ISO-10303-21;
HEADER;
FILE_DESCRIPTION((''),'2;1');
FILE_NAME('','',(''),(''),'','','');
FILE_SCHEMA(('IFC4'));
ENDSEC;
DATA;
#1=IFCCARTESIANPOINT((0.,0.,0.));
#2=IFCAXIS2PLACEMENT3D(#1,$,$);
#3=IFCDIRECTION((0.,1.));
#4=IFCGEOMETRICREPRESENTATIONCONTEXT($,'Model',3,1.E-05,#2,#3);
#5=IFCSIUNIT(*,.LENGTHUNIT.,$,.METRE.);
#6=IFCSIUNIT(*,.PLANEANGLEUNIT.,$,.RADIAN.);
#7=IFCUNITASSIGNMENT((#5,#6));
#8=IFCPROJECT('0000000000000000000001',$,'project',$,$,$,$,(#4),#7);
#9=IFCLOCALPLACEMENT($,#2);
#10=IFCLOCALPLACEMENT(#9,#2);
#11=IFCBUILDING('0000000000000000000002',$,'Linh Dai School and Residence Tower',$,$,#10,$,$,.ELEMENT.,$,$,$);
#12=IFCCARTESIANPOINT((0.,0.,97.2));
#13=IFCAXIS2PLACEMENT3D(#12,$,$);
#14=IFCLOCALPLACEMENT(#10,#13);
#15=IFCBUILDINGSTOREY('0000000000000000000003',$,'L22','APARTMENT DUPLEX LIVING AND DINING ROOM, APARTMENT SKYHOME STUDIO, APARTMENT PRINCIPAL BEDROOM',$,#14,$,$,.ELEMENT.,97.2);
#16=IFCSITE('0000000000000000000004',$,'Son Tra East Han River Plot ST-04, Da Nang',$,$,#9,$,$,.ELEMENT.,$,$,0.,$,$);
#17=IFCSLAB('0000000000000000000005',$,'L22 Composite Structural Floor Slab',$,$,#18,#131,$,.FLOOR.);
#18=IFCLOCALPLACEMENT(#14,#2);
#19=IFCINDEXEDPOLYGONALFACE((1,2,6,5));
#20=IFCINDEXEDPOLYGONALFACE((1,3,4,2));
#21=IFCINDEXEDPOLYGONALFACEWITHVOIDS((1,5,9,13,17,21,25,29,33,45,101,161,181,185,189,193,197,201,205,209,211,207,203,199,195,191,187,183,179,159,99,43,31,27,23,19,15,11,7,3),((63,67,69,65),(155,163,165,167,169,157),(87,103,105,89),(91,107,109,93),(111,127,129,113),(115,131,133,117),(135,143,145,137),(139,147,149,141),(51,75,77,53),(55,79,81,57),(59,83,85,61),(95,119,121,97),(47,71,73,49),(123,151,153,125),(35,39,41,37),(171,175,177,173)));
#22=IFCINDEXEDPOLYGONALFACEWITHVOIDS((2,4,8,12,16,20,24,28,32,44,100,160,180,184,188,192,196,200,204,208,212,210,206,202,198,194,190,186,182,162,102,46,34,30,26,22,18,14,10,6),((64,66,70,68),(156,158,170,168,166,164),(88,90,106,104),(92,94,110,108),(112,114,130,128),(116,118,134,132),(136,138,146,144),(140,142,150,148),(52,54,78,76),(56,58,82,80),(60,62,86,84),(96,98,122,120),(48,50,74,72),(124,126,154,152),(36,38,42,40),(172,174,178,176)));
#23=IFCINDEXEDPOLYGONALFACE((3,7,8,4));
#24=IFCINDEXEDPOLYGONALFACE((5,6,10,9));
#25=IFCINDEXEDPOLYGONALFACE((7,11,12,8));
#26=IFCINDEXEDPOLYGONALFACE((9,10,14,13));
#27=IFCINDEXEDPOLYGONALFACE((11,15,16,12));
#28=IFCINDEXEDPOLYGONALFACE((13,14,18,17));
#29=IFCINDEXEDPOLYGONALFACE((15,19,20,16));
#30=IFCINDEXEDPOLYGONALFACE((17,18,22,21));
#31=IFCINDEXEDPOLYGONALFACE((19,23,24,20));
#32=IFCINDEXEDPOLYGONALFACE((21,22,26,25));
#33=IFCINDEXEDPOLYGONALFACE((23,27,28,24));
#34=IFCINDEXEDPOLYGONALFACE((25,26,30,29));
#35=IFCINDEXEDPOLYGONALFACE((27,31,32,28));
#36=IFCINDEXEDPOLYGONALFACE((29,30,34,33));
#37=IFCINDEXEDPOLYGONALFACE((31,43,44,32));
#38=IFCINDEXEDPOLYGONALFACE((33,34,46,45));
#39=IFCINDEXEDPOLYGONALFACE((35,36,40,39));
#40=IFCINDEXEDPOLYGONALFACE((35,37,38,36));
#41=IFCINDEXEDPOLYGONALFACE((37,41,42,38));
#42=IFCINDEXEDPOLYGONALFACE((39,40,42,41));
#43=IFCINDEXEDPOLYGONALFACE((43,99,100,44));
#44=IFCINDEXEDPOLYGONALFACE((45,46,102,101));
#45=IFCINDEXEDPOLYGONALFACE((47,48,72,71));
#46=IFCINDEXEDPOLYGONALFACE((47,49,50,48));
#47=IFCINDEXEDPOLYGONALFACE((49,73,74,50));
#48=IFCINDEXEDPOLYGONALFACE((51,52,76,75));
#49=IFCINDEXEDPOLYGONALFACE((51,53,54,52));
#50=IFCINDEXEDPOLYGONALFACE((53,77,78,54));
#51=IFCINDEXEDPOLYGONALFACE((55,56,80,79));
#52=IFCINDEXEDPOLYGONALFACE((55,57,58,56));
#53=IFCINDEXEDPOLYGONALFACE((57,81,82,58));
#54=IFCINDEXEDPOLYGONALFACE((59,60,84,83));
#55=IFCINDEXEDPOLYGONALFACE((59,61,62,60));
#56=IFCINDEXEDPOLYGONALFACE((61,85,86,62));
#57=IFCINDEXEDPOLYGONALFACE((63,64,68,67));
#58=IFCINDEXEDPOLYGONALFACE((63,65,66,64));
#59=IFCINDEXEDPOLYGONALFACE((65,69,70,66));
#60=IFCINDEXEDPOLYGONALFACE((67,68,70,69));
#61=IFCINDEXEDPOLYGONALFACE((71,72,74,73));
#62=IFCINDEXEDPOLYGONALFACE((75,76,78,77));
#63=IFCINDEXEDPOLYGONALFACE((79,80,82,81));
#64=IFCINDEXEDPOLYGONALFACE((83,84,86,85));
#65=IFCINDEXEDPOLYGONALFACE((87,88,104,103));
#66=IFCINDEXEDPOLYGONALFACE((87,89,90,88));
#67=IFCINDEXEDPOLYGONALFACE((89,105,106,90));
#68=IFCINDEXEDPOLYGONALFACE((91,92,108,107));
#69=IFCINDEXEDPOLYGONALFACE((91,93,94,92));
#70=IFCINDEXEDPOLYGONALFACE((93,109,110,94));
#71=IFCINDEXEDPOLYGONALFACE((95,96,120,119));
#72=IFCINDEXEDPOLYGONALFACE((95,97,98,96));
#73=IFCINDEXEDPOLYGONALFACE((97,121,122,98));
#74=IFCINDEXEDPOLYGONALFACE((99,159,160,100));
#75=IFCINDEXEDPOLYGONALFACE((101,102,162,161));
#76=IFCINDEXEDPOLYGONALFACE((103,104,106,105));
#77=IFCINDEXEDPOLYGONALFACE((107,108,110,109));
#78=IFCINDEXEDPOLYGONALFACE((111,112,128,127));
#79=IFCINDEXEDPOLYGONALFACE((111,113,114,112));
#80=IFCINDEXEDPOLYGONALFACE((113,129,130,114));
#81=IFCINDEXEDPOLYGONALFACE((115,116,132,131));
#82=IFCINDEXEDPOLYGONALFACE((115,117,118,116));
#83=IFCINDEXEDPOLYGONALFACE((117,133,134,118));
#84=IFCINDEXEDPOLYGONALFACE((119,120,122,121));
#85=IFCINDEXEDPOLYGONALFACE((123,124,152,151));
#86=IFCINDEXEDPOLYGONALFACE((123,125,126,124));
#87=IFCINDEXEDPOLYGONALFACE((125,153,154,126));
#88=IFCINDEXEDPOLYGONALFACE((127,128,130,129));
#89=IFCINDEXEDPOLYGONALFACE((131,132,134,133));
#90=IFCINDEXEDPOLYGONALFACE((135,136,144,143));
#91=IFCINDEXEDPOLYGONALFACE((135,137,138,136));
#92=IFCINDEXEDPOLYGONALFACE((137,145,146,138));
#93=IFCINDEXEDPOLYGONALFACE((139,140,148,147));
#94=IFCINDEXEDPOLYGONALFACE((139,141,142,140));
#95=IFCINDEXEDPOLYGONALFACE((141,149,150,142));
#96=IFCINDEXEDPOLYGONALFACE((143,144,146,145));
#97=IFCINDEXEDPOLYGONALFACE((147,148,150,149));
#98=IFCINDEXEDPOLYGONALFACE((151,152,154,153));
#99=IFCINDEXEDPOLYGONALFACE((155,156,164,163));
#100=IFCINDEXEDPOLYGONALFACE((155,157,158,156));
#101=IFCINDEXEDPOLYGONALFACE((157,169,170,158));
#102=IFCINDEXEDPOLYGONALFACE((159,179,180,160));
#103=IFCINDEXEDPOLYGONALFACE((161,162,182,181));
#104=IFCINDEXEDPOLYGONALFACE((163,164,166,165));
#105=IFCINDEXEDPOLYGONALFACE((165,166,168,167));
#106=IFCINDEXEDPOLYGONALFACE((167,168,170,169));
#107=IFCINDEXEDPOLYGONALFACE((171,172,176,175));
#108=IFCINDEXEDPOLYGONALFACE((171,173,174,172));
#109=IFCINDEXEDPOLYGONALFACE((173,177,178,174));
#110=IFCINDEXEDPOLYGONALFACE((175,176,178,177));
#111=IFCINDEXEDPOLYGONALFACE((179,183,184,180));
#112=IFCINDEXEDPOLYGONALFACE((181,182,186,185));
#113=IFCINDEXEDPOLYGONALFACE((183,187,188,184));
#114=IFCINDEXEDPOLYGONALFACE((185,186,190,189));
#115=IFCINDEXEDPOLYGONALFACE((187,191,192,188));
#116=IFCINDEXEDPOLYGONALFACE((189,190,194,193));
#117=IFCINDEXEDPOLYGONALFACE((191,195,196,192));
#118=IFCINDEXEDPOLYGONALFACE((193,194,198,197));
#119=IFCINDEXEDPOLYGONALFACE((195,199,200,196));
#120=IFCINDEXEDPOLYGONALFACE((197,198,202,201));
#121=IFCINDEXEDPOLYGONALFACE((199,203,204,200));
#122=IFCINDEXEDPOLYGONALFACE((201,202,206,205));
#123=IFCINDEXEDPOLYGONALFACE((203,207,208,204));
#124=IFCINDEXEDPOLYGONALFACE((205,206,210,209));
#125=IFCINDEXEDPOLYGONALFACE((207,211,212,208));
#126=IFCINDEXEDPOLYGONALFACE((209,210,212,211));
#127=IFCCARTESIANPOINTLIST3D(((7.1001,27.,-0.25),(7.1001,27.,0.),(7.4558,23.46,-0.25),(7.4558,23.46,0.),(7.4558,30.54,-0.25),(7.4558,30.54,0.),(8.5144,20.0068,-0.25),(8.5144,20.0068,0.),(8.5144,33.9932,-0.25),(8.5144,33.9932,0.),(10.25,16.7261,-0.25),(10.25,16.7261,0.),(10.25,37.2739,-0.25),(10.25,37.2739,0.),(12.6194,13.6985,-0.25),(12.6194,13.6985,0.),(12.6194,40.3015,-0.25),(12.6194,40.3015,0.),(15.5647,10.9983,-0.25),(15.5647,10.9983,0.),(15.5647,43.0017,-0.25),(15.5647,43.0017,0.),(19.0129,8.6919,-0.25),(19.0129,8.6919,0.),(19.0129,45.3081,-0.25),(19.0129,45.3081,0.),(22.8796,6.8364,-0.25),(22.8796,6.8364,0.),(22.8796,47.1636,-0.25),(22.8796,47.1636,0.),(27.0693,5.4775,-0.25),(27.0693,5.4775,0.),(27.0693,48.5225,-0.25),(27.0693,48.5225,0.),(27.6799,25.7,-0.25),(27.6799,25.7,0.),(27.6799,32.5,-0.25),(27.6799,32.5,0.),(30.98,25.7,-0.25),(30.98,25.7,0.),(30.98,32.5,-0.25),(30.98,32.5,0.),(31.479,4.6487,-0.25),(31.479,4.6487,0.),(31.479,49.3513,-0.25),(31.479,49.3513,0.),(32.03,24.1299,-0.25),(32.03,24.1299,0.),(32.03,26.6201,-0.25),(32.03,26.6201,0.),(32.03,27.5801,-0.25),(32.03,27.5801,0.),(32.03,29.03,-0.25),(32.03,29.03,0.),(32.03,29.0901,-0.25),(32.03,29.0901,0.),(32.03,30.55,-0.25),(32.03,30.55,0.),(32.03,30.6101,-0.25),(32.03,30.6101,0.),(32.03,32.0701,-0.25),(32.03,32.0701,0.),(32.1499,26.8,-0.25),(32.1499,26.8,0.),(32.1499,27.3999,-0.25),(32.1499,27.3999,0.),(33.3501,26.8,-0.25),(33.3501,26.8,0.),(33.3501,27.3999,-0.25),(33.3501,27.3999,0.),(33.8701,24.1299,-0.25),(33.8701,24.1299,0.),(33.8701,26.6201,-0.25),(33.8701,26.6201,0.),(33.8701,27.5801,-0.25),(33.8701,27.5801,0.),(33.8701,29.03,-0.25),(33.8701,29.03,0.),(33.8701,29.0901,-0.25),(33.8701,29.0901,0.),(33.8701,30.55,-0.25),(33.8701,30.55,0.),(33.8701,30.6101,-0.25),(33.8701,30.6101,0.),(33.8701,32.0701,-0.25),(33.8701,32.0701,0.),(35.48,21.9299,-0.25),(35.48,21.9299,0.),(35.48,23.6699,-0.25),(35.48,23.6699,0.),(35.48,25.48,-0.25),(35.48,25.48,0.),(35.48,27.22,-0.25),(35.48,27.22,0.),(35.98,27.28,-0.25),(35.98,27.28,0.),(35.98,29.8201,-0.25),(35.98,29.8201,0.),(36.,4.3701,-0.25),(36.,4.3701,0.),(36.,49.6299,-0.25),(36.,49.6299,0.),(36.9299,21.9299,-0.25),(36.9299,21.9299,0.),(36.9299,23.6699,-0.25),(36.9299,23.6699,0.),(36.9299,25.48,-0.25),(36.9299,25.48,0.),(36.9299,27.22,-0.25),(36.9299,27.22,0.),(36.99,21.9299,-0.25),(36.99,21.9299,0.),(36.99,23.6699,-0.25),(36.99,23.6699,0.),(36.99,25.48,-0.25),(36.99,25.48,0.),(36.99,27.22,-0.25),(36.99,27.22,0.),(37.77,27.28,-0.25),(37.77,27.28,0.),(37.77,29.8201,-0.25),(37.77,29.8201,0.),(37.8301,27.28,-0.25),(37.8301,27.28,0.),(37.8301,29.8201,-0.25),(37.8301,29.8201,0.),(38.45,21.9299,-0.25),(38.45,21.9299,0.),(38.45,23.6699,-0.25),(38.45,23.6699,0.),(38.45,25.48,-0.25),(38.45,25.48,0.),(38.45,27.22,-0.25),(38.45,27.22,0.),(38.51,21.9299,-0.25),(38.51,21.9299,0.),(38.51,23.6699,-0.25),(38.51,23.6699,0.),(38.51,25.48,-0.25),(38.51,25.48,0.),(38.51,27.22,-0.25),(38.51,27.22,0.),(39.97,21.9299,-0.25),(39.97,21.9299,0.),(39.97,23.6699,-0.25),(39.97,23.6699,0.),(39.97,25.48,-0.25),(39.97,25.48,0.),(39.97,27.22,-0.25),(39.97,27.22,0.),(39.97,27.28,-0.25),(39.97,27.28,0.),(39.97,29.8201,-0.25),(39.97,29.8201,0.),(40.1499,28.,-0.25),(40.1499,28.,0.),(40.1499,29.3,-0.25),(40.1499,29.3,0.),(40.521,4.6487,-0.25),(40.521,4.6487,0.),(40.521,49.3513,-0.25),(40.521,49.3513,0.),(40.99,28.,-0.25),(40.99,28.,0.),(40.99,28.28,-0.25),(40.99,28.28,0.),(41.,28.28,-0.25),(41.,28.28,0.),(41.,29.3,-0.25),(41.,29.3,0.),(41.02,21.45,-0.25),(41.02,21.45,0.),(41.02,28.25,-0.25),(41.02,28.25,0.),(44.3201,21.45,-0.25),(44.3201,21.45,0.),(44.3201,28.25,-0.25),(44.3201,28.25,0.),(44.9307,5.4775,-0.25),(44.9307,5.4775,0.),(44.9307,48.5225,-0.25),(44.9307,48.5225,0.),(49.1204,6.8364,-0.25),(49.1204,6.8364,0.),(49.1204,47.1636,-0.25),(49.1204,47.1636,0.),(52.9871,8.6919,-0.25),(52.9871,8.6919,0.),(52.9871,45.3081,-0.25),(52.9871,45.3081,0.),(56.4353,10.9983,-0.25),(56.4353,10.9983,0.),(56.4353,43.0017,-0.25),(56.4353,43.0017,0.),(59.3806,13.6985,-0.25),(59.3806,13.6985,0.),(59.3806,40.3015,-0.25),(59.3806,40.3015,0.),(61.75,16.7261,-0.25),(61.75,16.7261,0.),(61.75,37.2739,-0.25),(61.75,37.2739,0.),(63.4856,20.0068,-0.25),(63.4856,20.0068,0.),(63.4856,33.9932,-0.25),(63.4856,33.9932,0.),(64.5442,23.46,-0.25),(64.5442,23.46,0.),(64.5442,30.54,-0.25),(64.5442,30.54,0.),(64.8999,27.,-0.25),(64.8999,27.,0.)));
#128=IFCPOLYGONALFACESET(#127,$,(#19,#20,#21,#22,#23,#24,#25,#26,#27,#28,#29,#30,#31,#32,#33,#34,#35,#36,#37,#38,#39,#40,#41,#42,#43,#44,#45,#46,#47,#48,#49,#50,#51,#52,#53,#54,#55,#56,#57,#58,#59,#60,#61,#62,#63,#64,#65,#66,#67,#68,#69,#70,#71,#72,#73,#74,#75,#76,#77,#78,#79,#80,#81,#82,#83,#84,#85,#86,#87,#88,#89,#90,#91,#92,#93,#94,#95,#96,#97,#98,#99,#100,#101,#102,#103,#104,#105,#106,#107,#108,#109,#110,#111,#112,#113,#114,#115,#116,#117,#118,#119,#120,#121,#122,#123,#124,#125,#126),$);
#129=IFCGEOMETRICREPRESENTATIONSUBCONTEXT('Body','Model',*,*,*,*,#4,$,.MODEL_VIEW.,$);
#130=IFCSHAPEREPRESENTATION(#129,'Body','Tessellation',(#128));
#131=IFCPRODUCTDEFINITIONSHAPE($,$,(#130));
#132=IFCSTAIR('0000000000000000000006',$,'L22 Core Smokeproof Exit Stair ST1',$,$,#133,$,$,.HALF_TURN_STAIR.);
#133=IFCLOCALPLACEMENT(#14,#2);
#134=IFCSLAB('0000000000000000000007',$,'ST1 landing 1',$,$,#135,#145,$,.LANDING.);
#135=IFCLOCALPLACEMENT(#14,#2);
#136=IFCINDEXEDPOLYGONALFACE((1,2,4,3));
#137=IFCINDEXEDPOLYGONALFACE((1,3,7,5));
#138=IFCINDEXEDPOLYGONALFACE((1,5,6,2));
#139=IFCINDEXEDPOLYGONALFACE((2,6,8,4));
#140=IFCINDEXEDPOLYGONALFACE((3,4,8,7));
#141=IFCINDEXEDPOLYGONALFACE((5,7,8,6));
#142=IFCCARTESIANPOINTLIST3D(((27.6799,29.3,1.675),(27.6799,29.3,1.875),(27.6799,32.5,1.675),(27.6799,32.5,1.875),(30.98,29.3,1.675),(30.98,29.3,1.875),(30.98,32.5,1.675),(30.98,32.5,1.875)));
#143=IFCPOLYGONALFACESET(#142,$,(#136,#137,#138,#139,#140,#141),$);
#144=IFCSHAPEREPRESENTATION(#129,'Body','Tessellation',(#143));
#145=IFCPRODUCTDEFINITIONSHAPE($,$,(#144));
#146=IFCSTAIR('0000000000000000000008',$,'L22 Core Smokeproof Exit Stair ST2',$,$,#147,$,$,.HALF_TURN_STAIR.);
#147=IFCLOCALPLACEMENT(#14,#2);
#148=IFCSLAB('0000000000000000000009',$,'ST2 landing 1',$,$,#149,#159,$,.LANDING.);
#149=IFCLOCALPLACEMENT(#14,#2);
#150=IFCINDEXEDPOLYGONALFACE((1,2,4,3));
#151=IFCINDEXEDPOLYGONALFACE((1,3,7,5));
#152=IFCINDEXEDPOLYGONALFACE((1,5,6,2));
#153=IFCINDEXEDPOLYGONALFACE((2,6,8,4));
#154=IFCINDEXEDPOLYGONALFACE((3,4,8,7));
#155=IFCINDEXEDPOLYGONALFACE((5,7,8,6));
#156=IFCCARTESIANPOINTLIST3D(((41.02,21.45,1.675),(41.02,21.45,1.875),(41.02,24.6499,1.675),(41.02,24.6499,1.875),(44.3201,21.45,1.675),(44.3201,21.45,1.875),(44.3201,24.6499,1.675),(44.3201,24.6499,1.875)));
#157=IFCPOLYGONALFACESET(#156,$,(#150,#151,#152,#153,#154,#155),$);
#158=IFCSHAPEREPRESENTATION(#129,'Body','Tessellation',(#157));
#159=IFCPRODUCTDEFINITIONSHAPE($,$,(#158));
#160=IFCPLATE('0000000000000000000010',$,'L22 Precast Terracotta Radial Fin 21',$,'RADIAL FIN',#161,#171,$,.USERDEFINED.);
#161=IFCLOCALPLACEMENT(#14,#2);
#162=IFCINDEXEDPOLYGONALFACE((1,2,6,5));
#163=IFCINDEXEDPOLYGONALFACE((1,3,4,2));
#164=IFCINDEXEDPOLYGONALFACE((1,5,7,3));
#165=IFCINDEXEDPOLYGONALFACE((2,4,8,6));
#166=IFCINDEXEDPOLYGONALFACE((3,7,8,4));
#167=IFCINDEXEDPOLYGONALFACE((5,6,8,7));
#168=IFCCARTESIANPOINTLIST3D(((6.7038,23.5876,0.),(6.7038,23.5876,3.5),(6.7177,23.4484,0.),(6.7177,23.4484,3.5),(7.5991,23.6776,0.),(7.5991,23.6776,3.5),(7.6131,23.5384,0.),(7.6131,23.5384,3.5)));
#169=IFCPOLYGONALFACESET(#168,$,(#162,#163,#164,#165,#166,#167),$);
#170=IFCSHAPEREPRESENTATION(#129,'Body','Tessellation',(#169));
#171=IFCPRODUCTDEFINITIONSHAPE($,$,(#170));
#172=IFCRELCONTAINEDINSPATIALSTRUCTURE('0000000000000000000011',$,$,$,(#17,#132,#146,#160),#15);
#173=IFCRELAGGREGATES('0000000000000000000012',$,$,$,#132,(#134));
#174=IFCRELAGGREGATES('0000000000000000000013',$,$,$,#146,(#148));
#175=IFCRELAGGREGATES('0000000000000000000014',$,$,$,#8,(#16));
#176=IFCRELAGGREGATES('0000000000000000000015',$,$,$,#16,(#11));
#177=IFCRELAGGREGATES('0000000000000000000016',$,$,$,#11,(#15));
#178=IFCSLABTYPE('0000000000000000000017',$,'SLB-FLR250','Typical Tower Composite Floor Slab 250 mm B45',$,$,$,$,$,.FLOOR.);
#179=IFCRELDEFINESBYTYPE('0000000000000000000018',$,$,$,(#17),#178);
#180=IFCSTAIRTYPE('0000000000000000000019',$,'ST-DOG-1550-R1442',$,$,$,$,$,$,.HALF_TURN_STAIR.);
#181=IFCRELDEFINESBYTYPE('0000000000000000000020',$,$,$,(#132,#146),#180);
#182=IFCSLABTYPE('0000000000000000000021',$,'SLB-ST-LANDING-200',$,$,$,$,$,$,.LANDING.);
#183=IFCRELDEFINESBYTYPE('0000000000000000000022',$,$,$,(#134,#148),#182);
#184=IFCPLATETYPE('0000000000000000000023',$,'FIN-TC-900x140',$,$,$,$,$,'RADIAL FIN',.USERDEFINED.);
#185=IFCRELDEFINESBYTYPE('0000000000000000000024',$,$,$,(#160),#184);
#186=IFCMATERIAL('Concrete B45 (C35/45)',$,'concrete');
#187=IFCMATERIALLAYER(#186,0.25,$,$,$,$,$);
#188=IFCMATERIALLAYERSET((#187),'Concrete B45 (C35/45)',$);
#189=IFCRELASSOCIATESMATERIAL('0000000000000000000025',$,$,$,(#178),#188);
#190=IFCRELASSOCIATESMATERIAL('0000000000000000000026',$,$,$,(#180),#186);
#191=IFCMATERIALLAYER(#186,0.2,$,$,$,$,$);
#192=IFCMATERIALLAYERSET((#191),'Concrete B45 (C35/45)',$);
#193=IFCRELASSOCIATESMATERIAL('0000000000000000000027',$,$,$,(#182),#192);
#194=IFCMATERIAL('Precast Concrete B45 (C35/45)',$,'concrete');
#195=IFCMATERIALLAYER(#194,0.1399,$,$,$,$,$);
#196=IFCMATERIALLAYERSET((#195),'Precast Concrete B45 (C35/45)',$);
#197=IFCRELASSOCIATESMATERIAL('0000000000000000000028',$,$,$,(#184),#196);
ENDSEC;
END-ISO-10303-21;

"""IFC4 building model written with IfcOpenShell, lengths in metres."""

from ifc_helpers import new_model, si_unit, direction, frame, origin, origin_2d, place, context, subcontext, project, spatial, polyline, rectangle, outline, extrude, source, transform, mapped, material, layer, layer_set, type_object, element, aggregate, save


model = new_model("IFC4")

# Units and contexts
model_context = context("Model", 3, precision=1e-05, world=origin(), true_north=direction((0.0, 1.0)))
body_context = subcontext(model_context, "Body", "Model", "MODEL_VIEW")
ifc_project = project(units=[si_unit("LENGTHUNIT", "METRE"), si_unit("PLANEANGLEUNIT", "RADIAN")], contexts=[model_context])

# Site, building, storey
site_placement = place(None, origin())
site = spatial("IfcSite", under=ifc_project, at=site_placement, Name="Son Tra East Han River Plot ST-04, Da Nang", CompositionType="ELEMENT", RefElevation=0.0)
building_placement = place(site_placement, origin())
building = spatial("IfcBuilding", under=site, at=building_placement, Name="Linh Dai School and Residence Tower", CompositionType="ELEMENT")
storey_placement = place(building_placement, frame((0.0, 0.0, 97.2)))
storey = spatial("IfcBuildingStorey", under=building, at=storey_placement, Name="L22", Description="APARTMENT DUPLEX LIVING AND DINING ROOM, APARTMENT SKYHOME STUDIO, APARTMENT PRINCIPAL BEDROOM", CompositionType="ELEMENT", Elevation=97.2)

# Slab
ifc_material_1 = material(Name="Concrete B45 (C35/45)", Category="concrete")
ifc_layer_1 = layer(ifc_material_1, 0.25)
ifc_layer_set_1 = layer_set([ifc_layer_1], Name="Concrete B45 (C35/45)")
slab_type_1 = type_object("IfcSlabType", Name="SLB-FLR250", Description="Typical Tower Composite Floor Slab 250 mm B45", PredefinedType="FLOOR", material=ifc_layer_set_1)
slab_1_placement = place(storey_placement, frame((0.0, 0.0, -0.25)))
element("IfcSlab", 1, at=slab_1_placement, inside=storey, type_object=slab_type_1, Name="L22 Composite Structural Floor Slab", PredefinedType="FLOOR", context=body_context, shape_type="SweptSolid", body=[
    extrude(outline(polyline([(64.8999, 27.0), (64.5442, 30.54), (63.4856, 33.9932), (61.75, 37.2739), (59.3806, 40.3015), (56.4353, 43.0017), (52.9871, 45.3081), (49.1204, 47.1636), (44.9307, 48.5225), (40.521, 49.3513), (36.0, 49.6299), (31.479, 49.3513), (27.0693, 48.5225), (22.8796, 47.1636), (19.0129, 45.3081), (15.5647, 43.0017), (12.6194, 40.3015), (10.25, 37.2739), (8.5144, 33.9932), (7.4558, 30.54), (7.1001, 27.0), (7.4558, 23.46), (8.5144, 20.0068), (10.25, 16.7261), (12.6194, 13.6985), (15.5647, 10.9983), (19.0129, 8.6919), (22.8796, 6.8364), (27.0693, 5.4775), (31.479, 4.6487), (36.0, 4.3701), (40.521, 4.6487), (44.9307, 5.4775), (49.1204, 6.8364), (52.9871, 8.6919), (56.4353, 10.9983), (59.3806, 13.6985), (61.75, 16.7261), (63.4856, 20.0068), (64.5442, 23.46), (64.8999, 27.0)]), holes=[polyline([(30.98, 25.7), (30.98, 32.5), (27.6799, 32.5), (27.6799, 25.7), (30.98, 25.7)]), polyline([(41.02, 28.25), (41.02, 21.45), (44.3201, 21.45), (44.3201, 28.25), (41.02, 28.25)]), polyline([(35.98, 27.28), (37.77, 27.28), (37.77, 29.8201), (35.98, 29.8201), (35.98, 27.28)]), polyline([(32.03, 24.1299), (33.8701, 24.1299), (33.8701, 26.6201), (32.03, 26.6201), (32.03, 24.1299)]), polyline([(37.8301, 27.28), (39.97, 27.28), (39.97, 29.8201), (37.8301, 29.8201), (37.8301, 27.28)]), polyline([(35.48, 21.9299), (36.9299, 21.9299), (36.9299, 23.6699), (35.48, 23.6699), (35.48, 21.9299)]), polyline([(36.99, 21.9299), (38.45, 21.9299), (38.45, 23.6699), (36.99, 23.6699), (36.99, 21.9299)]), polyline([(38.51, 21.9299), (39.97, 21.9299), (39.97, 23.6699), (38.51, 23.6699), (38.51, 21.9299)]), polyline([(32.03, 27.5801), (33.8701, 27.5801), (33.8701, 29.03), (32.03, 29.03), (32.03, 27.5801)]), polyline([(32.03, 29.0901), (33.8701, 29.0901), (33.8701, 30.55), (32.03, 30.55), (32.03, 29.0901)]), polyline([(32.03, 30.6101), (33.8701, 30.6101), (33.8701, 32.0701), (32.03, 32.0701), (32.03, 30.6101)]), polyline([(35.48, 25.48), (36.9299, 25.48), (36.9299, 27.22), (35.48, 27.22), (35.48, 25.48)]), polyline([(36.99, 25.48), (38.45, 25.48), (38.45, 27.22), (36.99, 27.22), (36.99, 25.48)]), polyline([(38.51, 25.48), (39.97, 25.48), (39.97, 27.22), (38.51, 27.22), (38.51, 25.48)]), polyline([(40.1499, 28.0), (40.1499, 29.3), (41.0, 29.3), (41.0, 28.28), (40.99, 28.28), (40.99, 28.0), (40.1499, 28.0)]), polyline([(32.1499, 26.8), (33.3501, 26.8), (33.3501, 27.3999), (32.1499, 27.3999), (32.1499, 26.8)])]), origin(), (0.0, 0.0, 1.0), 0.25),
])

# Stairs, slabs
stair_type = type_object("IfcStairType", Name="ST-DOG-1550-R1442", PredefinedType="HALF_TURN_STAIR", material=ifc_material_1)
stair_1_placement = place(storey_placement, origin())
stair_1 = element("IfcStair", 2, at=stair_1_placement, inside=storey, type_object=stair_type, Name="L22 Core Smokeproof Exit Stair ST1", PredefinedType="HALF_TURN_STAIR")
ifc_layer_2 = layer(ifc_material_1, 0.2)
ifc_layer_set_2 = layer_set([ifc_layer_2], Name="Concrete B45 (C35/45)")
slab_type_2 = type_object("IfcSlabType", Name="SLB-ST-LANDING-200", PredefinedType="LANDING", material=ifc_layer_set_2)
slab_2_placement = place(storey_placement, frame((0.0, 0.0, 1.675)))
slab_2 = element("IfcSlab", 3, at=slab_2_placement, type_object=slab_type_2, Name="ST1 landing 1", PredefinedType="LANDING", context=body_context, shape_type="SweptSolid", body=[
    extrude(outline(polyline([(30.98, 29.3), (30.98, 32.5), (27.6799, 32.5), (27.6799, 29.3), (30.98, 29.3)])), origin(), (0.0, 0.0, 1.0), 0.2),
])
aggregate(stair_1, [slab_2])
stair_2_placement = place(storey_placement, origin())
stair_2 = element("IfcStair", 4, at=stair_2_placement, inside=storey, type_object=stair_type, Name="L22 Core Smokeproof Exit Stair ST2", PredefinedType="HALF_TURN_STAIR")
slab_3_placement = place(storey_placement, frame((0.0, 0.0, 1.675)))
slab_3 = element("IfcSlab", 5, at=slab_3_placement, type_object=slab_type_2, Name="ST2 landing 1", PredefinedType="LANDING", context=body_context, shape_type="SweptSolid", body=[
    extrude(outline(polyline([(41.02, 24.6499), (41.02, 21.45), (44.3201, 21.45), (44.3201, 24.6499), (41.02, 24.6499)])), origin(), (0.0, 0.0, 1.0), 0.2),
])
aggregate(stair_2, [slab_3])

# Plate
ifc_material_2 = material(Name="Precast Concrete B45 (C35/45)", Category="concrete")
ifc_layer_3 = layer(ifc_material_2, 0.1399)
ifc_layer_set_3 = layer_set([ifc_layer_3], Name="Precast Concrete B45 (C35/45)")
plate_type = type_object("IfcPlateType", Name="FIN-TC-900x140", ElementType="RADIAL FIN", PredefinedType="USERDEFINED", material=ifc_layer_set_3)
shared_shape_1 = source(origin(), body_context, "Body", "SweptSolid", [
    extrude(rectangle(XDim=0.8999, YDim=0.1399, at=origin_2d()), origin(), (0.0, 0.0, 1.0), 3.5),
])
plate_placement = place(storey_placement, frame((7.1584, 23.563, 0.0), z_axis=(0.0, 0.0, 1.0), x_axis=(-0.994987, -0.100007, 0.0)))
element("IfcPlate", 6, at=plate_placement, inside=storey, type_object=plate_type, Name="L22 Precast Terracotta Radial Fin 21", ObjectType="RADIAL FIN", PredefinedType="USERDEFINED", context=body_context, shape_type="MappedRepresentation", body=[
    mapped(shared_shape_1, transform((0.0, 0.0, 0.0), x_axis=(1.0, 0.0, 0.0), y_axis=(0.0, 1.0, 0.0), z_axis=(0.0, 0.0, 1.0), scale=1.0)),
])

save(model, "model.ifc")
